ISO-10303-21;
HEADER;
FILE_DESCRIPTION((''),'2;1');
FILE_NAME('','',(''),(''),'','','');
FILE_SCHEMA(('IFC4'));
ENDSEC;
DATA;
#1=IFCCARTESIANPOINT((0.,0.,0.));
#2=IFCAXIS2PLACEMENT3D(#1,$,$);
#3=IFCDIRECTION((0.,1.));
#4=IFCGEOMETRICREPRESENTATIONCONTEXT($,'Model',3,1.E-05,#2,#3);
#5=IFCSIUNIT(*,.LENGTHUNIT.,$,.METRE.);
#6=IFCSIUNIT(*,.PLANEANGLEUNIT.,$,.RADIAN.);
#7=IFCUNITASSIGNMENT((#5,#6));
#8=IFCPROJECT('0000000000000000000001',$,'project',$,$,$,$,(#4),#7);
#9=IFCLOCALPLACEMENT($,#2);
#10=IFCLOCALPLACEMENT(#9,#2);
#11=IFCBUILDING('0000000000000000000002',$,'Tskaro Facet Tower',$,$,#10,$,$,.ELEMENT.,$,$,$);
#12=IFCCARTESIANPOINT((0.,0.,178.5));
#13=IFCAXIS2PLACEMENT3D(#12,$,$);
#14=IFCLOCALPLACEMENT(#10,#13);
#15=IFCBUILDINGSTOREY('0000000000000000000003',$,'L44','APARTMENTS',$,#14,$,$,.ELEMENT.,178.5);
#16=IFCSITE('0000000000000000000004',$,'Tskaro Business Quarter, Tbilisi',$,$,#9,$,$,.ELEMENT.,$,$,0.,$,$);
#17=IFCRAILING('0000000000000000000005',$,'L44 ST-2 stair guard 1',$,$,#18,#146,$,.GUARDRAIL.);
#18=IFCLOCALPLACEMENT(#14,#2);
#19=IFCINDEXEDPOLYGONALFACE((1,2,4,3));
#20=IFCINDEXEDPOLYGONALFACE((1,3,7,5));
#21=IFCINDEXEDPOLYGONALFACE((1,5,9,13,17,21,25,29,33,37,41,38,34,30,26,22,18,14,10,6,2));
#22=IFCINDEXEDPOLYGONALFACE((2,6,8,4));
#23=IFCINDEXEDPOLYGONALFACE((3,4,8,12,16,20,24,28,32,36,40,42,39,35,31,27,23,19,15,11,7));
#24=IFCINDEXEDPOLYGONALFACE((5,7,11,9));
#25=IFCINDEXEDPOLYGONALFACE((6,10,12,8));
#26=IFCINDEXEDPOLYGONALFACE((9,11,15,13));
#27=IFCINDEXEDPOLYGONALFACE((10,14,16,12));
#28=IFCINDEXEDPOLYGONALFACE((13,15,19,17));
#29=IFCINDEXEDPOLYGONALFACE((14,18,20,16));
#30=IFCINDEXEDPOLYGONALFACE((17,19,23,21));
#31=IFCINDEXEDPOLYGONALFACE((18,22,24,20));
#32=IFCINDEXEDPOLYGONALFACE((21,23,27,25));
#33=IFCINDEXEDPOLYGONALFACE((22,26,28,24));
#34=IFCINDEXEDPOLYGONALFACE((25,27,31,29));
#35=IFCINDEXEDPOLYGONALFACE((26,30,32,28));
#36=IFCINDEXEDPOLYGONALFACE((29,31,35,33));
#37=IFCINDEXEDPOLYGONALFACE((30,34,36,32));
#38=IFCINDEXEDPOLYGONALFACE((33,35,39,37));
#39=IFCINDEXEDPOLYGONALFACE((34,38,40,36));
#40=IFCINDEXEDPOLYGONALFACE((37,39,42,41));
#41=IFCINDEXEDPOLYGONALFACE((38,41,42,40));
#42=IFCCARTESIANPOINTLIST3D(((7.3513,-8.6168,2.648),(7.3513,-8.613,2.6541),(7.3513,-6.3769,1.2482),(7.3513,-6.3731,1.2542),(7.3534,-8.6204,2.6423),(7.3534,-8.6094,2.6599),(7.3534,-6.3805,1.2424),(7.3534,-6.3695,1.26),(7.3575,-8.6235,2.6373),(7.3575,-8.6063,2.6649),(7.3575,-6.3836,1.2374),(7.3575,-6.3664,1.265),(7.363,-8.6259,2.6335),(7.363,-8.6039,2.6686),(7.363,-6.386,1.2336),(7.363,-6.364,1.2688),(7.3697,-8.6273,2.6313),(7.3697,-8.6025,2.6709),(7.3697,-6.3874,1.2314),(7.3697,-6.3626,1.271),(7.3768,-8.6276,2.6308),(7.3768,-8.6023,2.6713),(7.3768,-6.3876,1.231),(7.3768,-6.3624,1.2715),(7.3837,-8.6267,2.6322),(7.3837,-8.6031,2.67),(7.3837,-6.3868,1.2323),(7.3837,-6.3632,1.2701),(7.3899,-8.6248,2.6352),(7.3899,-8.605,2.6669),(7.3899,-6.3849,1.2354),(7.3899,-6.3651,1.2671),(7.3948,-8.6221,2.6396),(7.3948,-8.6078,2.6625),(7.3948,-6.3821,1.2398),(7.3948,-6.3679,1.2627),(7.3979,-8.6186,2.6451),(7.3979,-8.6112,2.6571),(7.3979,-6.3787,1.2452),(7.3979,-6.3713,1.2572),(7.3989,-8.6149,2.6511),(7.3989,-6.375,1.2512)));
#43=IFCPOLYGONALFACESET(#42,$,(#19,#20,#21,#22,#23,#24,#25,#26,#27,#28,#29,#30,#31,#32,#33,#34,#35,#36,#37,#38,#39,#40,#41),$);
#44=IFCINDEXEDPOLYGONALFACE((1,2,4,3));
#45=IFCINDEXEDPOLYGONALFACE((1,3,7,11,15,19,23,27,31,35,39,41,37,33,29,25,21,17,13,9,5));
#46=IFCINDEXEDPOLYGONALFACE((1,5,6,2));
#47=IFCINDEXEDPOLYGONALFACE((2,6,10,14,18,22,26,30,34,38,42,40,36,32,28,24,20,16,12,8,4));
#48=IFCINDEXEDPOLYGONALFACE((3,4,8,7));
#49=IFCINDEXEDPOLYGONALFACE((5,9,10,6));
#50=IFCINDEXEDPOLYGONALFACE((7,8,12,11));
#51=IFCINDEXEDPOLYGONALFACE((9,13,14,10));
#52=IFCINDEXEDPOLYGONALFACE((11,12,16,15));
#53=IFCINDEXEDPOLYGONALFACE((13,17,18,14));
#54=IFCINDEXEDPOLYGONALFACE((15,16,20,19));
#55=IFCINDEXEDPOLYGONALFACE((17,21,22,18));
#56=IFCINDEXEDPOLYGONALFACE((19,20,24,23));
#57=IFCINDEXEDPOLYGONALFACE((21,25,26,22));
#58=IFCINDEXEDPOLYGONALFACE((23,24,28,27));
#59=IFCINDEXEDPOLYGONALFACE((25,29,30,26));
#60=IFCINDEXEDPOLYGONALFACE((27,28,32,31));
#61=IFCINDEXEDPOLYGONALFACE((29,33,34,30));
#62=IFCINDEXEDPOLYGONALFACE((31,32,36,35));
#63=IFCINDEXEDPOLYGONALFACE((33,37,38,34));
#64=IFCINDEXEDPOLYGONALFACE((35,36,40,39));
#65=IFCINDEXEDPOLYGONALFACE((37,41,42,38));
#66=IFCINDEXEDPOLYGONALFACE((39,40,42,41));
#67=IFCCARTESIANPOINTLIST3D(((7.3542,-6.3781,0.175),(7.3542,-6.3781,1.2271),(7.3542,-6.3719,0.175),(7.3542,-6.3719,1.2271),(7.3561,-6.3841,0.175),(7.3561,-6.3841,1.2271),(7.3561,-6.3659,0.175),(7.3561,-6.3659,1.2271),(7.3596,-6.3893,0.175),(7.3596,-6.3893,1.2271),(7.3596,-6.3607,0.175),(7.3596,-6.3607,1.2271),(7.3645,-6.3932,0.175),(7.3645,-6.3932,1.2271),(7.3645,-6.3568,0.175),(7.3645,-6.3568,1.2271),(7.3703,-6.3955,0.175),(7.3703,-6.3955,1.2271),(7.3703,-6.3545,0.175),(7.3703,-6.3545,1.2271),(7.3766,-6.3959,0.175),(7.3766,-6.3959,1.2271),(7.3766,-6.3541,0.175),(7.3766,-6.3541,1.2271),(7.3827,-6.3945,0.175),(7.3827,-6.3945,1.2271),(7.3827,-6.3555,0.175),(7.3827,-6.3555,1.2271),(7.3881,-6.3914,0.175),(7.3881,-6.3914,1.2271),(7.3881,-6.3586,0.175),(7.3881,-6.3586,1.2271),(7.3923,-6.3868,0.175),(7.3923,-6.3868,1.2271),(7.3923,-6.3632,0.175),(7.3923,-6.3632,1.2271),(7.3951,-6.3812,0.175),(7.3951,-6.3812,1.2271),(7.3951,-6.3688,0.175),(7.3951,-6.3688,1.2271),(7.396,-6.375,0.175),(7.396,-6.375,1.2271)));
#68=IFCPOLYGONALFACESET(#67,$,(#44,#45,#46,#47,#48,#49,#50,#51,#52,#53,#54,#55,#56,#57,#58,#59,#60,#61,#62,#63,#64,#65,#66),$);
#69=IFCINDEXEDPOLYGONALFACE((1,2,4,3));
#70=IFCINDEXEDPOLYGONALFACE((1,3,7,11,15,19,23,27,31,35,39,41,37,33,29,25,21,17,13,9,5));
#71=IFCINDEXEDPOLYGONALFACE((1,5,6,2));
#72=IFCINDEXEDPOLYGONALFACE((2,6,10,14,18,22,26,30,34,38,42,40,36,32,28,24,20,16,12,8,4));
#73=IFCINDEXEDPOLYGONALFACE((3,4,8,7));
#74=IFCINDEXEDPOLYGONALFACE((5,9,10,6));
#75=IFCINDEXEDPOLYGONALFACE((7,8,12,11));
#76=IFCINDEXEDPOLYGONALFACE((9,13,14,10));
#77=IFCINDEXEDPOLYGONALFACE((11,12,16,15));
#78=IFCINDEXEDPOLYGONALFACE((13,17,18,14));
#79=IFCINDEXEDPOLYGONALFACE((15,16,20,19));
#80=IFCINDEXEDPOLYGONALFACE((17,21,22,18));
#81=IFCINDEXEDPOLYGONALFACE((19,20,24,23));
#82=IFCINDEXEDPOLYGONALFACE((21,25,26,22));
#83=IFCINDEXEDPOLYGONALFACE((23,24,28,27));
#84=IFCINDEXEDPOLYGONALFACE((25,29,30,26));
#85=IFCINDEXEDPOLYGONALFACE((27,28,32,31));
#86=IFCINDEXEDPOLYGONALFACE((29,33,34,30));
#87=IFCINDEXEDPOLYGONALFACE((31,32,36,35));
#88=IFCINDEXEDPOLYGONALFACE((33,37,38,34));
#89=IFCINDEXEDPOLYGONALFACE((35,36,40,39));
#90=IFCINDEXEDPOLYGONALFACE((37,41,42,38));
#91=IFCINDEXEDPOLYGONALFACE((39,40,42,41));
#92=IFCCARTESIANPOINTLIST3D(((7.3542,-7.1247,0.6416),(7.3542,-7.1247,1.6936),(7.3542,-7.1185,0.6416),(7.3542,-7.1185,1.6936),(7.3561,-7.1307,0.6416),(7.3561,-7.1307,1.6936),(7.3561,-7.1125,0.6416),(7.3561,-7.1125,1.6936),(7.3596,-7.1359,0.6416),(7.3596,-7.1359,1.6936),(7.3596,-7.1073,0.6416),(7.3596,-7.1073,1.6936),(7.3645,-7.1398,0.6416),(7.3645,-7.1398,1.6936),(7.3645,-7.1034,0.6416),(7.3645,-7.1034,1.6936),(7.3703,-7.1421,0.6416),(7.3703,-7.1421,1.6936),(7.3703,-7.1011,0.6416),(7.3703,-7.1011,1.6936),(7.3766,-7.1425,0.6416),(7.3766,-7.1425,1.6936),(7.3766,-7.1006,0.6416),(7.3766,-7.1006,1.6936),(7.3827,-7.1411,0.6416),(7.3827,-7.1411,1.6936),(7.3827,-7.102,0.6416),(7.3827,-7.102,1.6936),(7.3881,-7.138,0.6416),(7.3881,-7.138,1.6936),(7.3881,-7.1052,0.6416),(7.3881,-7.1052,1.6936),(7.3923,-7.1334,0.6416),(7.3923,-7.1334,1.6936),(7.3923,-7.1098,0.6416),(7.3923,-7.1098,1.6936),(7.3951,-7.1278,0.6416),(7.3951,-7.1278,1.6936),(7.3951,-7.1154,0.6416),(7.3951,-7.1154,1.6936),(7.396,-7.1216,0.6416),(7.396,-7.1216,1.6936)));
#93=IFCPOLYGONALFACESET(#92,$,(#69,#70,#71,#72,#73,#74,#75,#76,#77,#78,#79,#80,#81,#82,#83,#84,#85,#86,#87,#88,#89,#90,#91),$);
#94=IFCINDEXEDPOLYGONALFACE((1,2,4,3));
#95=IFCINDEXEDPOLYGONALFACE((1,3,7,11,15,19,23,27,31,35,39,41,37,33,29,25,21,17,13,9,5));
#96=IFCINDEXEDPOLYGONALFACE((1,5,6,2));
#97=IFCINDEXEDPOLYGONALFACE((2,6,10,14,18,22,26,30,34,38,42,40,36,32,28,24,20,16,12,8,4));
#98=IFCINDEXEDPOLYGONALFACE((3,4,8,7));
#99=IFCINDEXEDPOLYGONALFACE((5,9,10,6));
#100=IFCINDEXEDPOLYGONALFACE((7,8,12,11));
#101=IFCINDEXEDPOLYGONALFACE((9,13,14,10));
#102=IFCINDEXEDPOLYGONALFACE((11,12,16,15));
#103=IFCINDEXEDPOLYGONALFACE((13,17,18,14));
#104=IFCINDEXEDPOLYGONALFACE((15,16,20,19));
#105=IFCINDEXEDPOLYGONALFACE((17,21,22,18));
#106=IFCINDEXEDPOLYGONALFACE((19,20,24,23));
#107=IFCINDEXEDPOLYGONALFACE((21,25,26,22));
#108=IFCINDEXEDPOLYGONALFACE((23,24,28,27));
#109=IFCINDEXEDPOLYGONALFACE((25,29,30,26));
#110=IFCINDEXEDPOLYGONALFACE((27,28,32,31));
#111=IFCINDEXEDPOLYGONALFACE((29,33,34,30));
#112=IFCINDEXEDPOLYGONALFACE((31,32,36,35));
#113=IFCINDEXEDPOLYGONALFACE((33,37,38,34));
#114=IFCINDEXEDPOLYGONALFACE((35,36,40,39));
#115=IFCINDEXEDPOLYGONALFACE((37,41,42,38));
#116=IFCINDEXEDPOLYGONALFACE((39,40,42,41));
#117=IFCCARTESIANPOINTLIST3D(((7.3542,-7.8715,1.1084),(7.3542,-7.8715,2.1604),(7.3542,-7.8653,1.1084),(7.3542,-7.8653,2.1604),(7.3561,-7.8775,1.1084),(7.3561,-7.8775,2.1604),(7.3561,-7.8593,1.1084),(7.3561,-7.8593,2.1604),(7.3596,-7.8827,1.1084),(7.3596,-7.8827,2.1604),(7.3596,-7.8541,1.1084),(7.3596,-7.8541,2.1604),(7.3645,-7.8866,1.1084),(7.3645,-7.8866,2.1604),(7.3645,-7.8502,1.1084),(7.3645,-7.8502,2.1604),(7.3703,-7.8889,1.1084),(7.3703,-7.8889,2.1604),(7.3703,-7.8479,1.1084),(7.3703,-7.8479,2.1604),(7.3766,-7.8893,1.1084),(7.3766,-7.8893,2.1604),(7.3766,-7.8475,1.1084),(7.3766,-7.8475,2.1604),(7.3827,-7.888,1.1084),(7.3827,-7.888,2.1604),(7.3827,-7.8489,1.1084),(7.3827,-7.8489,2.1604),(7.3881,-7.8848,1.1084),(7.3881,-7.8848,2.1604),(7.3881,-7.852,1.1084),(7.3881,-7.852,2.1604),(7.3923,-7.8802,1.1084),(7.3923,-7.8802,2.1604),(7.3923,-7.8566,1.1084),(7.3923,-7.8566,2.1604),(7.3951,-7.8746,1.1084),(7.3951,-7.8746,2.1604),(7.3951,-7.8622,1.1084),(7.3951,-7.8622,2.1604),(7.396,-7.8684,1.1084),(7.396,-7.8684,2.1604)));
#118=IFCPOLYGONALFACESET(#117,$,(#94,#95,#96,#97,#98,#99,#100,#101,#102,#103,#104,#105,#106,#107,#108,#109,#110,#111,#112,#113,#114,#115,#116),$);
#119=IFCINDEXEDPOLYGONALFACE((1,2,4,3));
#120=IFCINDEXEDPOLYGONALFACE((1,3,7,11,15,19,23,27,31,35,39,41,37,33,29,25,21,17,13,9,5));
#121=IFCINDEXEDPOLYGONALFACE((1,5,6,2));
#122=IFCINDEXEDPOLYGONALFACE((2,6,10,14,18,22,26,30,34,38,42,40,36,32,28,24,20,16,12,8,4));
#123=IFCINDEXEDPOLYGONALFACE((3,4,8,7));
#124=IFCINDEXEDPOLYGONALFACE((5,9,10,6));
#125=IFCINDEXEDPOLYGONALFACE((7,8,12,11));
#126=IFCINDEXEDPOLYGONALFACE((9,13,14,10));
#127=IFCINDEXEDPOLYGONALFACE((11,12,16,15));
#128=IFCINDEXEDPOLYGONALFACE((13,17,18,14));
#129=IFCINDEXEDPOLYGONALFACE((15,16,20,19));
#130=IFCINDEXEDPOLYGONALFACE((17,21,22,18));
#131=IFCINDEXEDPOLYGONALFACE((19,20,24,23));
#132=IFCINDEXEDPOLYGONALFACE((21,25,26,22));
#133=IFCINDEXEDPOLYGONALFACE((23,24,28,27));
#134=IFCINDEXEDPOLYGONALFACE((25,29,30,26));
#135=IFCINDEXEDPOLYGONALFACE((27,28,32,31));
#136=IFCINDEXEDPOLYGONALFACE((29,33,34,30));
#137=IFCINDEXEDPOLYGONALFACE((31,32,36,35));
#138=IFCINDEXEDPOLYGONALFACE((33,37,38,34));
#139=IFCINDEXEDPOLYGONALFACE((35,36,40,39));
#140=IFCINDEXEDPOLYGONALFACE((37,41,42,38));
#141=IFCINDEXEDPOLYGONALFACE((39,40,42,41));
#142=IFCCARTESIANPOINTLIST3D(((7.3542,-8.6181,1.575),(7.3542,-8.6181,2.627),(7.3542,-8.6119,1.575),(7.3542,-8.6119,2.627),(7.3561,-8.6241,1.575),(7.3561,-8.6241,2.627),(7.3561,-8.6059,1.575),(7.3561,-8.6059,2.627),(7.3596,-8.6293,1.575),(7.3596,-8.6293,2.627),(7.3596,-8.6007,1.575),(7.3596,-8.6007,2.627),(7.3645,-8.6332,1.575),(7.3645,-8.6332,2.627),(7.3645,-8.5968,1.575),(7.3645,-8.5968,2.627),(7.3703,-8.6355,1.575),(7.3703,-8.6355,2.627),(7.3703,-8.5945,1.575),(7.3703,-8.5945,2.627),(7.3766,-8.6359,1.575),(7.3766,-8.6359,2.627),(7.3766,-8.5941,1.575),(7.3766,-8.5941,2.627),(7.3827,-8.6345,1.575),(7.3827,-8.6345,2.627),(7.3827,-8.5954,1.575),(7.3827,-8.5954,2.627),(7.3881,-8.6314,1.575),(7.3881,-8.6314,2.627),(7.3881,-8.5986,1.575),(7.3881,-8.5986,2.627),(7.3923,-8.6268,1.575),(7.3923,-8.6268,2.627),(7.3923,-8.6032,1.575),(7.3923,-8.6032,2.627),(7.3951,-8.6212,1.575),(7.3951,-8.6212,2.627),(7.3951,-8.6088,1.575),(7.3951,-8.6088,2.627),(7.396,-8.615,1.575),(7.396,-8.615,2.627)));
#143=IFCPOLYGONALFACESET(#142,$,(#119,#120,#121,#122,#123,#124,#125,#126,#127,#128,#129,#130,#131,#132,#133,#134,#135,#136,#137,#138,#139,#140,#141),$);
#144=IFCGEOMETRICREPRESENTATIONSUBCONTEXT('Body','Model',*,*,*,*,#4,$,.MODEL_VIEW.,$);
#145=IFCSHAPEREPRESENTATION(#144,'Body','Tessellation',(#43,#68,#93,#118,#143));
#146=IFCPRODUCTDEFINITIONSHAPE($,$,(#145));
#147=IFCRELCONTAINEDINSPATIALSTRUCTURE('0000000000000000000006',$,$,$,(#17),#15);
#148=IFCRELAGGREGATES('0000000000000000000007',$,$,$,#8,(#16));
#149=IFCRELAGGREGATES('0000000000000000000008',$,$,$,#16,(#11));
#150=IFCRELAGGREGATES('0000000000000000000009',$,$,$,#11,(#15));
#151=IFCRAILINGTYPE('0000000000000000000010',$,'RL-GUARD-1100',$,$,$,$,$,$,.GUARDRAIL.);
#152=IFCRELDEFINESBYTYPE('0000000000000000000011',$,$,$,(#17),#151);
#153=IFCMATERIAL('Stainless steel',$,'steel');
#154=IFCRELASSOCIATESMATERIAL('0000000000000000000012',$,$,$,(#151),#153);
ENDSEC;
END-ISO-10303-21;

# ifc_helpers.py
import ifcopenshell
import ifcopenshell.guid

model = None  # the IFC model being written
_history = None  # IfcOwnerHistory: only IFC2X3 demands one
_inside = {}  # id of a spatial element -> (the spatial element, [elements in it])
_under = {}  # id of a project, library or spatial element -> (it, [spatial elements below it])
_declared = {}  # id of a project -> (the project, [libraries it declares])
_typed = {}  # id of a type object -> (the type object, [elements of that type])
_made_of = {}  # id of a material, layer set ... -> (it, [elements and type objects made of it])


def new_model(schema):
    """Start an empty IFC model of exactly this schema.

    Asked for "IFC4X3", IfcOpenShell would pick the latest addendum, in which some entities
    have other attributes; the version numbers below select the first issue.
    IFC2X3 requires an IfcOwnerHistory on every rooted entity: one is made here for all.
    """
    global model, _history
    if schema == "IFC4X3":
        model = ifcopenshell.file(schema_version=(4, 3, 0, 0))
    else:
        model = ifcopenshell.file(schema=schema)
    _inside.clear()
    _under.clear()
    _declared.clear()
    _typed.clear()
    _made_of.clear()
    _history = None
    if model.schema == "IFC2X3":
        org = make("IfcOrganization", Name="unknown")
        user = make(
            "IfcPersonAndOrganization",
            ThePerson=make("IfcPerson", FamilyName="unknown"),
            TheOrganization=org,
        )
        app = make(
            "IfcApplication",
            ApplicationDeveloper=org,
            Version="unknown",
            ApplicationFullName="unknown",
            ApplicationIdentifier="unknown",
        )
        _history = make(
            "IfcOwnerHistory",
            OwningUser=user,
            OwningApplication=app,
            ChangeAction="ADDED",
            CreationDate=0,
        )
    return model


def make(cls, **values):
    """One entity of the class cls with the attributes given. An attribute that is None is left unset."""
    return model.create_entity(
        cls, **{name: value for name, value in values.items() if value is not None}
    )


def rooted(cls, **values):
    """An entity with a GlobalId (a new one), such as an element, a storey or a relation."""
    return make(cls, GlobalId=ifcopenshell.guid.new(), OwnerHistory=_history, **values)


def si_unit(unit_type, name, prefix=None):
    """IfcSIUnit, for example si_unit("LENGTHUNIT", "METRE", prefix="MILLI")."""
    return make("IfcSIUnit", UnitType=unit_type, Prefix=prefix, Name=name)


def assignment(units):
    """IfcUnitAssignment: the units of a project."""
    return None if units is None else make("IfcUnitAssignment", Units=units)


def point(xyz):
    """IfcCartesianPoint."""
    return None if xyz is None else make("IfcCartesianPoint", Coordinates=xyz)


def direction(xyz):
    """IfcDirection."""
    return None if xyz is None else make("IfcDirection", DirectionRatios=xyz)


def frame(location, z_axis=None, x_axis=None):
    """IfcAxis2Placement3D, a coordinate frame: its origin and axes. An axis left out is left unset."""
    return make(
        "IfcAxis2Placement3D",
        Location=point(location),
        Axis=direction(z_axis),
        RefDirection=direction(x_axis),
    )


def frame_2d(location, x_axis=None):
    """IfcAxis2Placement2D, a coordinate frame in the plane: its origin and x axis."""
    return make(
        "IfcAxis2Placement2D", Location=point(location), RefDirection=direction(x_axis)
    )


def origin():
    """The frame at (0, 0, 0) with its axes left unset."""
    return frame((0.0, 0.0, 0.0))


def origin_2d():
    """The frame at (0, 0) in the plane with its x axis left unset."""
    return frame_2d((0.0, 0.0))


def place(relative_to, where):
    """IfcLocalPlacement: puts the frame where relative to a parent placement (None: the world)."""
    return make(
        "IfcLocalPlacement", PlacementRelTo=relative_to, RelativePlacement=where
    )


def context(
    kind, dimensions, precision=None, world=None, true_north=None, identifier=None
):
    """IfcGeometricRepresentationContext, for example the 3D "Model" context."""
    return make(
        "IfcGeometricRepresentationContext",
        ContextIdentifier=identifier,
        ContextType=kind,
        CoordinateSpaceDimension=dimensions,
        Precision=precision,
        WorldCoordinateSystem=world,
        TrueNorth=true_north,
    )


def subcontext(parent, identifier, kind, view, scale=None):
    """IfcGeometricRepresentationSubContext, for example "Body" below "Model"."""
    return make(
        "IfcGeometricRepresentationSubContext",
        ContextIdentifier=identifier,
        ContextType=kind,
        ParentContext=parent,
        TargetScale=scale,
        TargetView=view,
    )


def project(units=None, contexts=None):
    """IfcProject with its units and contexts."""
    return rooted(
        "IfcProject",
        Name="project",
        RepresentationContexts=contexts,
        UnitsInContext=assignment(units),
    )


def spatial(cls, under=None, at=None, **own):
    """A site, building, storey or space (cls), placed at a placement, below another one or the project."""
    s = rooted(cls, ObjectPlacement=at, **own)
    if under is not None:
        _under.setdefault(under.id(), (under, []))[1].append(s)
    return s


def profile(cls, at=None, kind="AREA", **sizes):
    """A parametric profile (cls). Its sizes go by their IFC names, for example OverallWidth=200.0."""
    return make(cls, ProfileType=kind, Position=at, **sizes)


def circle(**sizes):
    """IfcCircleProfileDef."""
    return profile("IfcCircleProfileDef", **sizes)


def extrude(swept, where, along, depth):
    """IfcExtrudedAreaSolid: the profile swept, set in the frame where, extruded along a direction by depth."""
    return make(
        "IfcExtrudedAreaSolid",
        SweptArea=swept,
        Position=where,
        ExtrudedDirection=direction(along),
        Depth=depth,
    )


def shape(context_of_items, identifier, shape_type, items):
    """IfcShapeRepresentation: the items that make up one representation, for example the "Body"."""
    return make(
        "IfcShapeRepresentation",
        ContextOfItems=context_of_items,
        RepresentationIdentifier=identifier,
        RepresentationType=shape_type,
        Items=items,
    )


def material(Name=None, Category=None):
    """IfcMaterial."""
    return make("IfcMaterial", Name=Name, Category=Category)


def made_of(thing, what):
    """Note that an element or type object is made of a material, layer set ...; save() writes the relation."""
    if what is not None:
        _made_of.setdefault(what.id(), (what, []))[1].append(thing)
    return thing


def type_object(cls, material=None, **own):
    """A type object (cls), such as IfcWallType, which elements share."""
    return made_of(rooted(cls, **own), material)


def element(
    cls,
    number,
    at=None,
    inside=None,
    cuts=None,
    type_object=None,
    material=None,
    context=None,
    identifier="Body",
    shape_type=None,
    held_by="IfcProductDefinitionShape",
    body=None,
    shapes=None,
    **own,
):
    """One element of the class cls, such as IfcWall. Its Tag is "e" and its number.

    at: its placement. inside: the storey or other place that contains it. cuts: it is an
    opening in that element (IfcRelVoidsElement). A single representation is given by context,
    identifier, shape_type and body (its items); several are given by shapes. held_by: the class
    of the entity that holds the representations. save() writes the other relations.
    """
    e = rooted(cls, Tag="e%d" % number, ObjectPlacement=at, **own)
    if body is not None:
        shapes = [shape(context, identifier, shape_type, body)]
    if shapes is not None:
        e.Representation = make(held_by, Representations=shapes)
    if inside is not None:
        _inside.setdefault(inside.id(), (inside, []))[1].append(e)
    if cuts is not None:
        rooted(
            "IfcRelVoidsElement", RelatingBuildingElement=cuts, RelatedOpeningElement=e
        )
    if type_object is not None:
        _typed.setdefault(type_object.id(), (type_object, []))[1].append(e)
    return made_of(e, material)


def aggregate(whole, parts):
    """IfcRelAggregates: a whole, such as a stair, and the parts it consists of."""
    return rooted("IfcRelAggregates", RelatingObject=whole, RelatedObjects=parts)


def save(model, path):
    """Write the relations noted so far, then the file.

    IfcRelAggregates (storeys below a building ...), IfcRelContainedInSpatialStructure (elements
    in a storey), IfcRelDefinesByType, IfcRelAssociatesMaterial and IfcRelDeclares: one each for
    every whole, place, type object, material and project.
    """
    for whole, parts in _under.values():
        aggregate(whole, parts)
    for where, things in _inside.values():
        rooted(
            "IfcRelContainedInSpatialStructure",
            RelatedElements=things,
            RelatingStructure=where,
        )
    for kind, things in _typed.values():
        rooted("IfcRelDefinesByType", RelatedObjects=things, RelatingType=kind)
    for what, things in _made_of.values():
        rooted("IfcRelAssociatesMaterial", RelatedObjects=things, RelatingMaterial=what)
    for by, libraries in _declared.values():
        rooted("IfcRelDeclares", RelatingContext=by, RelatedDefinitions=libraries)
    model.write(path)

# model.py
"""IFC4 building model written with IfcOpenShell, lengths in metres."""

from ifc_helpers import new_model, si_unit, direction, frame, origin, origin_2d, place, context, subcontext, project, spatial, circle, extrude, material, type_object, element, save


model = new_model("IFC4")

# Units and contexts
model_context = context("Model", 3, precision=1e-05, world=origin(), true_north=direction((0.0, 1.0)))
body_context = subcontext(model_context, "Body", "Model", "MODEL_VIEW")
ifc_project = project(units=[si_unit("LENGTHUNIT", "METRE"), si_unit("PLANEANGLEUNIT", "RADIAN")], contexts=[model_context])

# Site, building, storey
site_placement = place(None, origin())
site = spatial("IfcSite", under=ifc_project, at=site_placement, Name="Tskaro Business Quarter, Tbilisi", CompositionType="ELEMENT", RefElevation=0.0)
building_placement = place(site_placement, origin())
building = spatial("IfcBuilding", under=site, at=building_placement, Name="Tskaro Facet Tower", CompositionType="ELEMENT")
storey_placement = place(building_placement, frame((0.0, 0.0, 178.5)))
storey = spatial("IfcBuildingStorey", under=building, at=storey_placement, Name="L44", Description="APARTMENTS", CompositionType="ELEMENT", Elevation=178.5)

# Shared definitions
ifc_material_1 = material(Name="Stainless steel", Category="steel")

# Railing
railing_type_1 = type_object("IfcRailingType", Name="RL-GUARD-1100", PredefinedType="GUARDRAIL", material=ifc_material_1)
railing_1_placement = place(storey_placement, frame((7.375, -6.375, 0.175)))
element("IfcRailing", 1, at=railing_1_placement, inside=storey, type_object=railing_type_1, Name="L44 ST-2 stair guard 1", PredefinedType="GUARDRAIL", context=body_context, shape_type="SweptSolid", body=[
    extrude(circle(Radius=0.0239, at=origin_2d()), frame((0.0, 0.0, 1.0762), z_axis=(0.0, -0.848014, 0.529974), x_axis=(1.0, 0.0, 0.0)), (0.0, 0.0, 1.0), 2.6414),
    extrude(circle(Radius=0.021, at=origin_2d()), origin(), (0.0, 0.0, 1.0), 1.052),
    extrude(circle(Radius=0.021, at=origin_2d()), frame((0.0, -0.7466, 0.4666)), (0.0, 0.0, 1.0), 1.052),
    extrude(circle(Radius=0.021, at=origin_2d()), frame((0.0, -1.4934, 0.9333)), (0.0, 0.0, 1.0), 1.052),
    extrude(circle(Radius=0.021, at=origin_2d()), frame((0.0, -2.24, 1.3999)), (0.0, 0.0, 1.0), 1.052),
])

save(model, "model.ifc")
